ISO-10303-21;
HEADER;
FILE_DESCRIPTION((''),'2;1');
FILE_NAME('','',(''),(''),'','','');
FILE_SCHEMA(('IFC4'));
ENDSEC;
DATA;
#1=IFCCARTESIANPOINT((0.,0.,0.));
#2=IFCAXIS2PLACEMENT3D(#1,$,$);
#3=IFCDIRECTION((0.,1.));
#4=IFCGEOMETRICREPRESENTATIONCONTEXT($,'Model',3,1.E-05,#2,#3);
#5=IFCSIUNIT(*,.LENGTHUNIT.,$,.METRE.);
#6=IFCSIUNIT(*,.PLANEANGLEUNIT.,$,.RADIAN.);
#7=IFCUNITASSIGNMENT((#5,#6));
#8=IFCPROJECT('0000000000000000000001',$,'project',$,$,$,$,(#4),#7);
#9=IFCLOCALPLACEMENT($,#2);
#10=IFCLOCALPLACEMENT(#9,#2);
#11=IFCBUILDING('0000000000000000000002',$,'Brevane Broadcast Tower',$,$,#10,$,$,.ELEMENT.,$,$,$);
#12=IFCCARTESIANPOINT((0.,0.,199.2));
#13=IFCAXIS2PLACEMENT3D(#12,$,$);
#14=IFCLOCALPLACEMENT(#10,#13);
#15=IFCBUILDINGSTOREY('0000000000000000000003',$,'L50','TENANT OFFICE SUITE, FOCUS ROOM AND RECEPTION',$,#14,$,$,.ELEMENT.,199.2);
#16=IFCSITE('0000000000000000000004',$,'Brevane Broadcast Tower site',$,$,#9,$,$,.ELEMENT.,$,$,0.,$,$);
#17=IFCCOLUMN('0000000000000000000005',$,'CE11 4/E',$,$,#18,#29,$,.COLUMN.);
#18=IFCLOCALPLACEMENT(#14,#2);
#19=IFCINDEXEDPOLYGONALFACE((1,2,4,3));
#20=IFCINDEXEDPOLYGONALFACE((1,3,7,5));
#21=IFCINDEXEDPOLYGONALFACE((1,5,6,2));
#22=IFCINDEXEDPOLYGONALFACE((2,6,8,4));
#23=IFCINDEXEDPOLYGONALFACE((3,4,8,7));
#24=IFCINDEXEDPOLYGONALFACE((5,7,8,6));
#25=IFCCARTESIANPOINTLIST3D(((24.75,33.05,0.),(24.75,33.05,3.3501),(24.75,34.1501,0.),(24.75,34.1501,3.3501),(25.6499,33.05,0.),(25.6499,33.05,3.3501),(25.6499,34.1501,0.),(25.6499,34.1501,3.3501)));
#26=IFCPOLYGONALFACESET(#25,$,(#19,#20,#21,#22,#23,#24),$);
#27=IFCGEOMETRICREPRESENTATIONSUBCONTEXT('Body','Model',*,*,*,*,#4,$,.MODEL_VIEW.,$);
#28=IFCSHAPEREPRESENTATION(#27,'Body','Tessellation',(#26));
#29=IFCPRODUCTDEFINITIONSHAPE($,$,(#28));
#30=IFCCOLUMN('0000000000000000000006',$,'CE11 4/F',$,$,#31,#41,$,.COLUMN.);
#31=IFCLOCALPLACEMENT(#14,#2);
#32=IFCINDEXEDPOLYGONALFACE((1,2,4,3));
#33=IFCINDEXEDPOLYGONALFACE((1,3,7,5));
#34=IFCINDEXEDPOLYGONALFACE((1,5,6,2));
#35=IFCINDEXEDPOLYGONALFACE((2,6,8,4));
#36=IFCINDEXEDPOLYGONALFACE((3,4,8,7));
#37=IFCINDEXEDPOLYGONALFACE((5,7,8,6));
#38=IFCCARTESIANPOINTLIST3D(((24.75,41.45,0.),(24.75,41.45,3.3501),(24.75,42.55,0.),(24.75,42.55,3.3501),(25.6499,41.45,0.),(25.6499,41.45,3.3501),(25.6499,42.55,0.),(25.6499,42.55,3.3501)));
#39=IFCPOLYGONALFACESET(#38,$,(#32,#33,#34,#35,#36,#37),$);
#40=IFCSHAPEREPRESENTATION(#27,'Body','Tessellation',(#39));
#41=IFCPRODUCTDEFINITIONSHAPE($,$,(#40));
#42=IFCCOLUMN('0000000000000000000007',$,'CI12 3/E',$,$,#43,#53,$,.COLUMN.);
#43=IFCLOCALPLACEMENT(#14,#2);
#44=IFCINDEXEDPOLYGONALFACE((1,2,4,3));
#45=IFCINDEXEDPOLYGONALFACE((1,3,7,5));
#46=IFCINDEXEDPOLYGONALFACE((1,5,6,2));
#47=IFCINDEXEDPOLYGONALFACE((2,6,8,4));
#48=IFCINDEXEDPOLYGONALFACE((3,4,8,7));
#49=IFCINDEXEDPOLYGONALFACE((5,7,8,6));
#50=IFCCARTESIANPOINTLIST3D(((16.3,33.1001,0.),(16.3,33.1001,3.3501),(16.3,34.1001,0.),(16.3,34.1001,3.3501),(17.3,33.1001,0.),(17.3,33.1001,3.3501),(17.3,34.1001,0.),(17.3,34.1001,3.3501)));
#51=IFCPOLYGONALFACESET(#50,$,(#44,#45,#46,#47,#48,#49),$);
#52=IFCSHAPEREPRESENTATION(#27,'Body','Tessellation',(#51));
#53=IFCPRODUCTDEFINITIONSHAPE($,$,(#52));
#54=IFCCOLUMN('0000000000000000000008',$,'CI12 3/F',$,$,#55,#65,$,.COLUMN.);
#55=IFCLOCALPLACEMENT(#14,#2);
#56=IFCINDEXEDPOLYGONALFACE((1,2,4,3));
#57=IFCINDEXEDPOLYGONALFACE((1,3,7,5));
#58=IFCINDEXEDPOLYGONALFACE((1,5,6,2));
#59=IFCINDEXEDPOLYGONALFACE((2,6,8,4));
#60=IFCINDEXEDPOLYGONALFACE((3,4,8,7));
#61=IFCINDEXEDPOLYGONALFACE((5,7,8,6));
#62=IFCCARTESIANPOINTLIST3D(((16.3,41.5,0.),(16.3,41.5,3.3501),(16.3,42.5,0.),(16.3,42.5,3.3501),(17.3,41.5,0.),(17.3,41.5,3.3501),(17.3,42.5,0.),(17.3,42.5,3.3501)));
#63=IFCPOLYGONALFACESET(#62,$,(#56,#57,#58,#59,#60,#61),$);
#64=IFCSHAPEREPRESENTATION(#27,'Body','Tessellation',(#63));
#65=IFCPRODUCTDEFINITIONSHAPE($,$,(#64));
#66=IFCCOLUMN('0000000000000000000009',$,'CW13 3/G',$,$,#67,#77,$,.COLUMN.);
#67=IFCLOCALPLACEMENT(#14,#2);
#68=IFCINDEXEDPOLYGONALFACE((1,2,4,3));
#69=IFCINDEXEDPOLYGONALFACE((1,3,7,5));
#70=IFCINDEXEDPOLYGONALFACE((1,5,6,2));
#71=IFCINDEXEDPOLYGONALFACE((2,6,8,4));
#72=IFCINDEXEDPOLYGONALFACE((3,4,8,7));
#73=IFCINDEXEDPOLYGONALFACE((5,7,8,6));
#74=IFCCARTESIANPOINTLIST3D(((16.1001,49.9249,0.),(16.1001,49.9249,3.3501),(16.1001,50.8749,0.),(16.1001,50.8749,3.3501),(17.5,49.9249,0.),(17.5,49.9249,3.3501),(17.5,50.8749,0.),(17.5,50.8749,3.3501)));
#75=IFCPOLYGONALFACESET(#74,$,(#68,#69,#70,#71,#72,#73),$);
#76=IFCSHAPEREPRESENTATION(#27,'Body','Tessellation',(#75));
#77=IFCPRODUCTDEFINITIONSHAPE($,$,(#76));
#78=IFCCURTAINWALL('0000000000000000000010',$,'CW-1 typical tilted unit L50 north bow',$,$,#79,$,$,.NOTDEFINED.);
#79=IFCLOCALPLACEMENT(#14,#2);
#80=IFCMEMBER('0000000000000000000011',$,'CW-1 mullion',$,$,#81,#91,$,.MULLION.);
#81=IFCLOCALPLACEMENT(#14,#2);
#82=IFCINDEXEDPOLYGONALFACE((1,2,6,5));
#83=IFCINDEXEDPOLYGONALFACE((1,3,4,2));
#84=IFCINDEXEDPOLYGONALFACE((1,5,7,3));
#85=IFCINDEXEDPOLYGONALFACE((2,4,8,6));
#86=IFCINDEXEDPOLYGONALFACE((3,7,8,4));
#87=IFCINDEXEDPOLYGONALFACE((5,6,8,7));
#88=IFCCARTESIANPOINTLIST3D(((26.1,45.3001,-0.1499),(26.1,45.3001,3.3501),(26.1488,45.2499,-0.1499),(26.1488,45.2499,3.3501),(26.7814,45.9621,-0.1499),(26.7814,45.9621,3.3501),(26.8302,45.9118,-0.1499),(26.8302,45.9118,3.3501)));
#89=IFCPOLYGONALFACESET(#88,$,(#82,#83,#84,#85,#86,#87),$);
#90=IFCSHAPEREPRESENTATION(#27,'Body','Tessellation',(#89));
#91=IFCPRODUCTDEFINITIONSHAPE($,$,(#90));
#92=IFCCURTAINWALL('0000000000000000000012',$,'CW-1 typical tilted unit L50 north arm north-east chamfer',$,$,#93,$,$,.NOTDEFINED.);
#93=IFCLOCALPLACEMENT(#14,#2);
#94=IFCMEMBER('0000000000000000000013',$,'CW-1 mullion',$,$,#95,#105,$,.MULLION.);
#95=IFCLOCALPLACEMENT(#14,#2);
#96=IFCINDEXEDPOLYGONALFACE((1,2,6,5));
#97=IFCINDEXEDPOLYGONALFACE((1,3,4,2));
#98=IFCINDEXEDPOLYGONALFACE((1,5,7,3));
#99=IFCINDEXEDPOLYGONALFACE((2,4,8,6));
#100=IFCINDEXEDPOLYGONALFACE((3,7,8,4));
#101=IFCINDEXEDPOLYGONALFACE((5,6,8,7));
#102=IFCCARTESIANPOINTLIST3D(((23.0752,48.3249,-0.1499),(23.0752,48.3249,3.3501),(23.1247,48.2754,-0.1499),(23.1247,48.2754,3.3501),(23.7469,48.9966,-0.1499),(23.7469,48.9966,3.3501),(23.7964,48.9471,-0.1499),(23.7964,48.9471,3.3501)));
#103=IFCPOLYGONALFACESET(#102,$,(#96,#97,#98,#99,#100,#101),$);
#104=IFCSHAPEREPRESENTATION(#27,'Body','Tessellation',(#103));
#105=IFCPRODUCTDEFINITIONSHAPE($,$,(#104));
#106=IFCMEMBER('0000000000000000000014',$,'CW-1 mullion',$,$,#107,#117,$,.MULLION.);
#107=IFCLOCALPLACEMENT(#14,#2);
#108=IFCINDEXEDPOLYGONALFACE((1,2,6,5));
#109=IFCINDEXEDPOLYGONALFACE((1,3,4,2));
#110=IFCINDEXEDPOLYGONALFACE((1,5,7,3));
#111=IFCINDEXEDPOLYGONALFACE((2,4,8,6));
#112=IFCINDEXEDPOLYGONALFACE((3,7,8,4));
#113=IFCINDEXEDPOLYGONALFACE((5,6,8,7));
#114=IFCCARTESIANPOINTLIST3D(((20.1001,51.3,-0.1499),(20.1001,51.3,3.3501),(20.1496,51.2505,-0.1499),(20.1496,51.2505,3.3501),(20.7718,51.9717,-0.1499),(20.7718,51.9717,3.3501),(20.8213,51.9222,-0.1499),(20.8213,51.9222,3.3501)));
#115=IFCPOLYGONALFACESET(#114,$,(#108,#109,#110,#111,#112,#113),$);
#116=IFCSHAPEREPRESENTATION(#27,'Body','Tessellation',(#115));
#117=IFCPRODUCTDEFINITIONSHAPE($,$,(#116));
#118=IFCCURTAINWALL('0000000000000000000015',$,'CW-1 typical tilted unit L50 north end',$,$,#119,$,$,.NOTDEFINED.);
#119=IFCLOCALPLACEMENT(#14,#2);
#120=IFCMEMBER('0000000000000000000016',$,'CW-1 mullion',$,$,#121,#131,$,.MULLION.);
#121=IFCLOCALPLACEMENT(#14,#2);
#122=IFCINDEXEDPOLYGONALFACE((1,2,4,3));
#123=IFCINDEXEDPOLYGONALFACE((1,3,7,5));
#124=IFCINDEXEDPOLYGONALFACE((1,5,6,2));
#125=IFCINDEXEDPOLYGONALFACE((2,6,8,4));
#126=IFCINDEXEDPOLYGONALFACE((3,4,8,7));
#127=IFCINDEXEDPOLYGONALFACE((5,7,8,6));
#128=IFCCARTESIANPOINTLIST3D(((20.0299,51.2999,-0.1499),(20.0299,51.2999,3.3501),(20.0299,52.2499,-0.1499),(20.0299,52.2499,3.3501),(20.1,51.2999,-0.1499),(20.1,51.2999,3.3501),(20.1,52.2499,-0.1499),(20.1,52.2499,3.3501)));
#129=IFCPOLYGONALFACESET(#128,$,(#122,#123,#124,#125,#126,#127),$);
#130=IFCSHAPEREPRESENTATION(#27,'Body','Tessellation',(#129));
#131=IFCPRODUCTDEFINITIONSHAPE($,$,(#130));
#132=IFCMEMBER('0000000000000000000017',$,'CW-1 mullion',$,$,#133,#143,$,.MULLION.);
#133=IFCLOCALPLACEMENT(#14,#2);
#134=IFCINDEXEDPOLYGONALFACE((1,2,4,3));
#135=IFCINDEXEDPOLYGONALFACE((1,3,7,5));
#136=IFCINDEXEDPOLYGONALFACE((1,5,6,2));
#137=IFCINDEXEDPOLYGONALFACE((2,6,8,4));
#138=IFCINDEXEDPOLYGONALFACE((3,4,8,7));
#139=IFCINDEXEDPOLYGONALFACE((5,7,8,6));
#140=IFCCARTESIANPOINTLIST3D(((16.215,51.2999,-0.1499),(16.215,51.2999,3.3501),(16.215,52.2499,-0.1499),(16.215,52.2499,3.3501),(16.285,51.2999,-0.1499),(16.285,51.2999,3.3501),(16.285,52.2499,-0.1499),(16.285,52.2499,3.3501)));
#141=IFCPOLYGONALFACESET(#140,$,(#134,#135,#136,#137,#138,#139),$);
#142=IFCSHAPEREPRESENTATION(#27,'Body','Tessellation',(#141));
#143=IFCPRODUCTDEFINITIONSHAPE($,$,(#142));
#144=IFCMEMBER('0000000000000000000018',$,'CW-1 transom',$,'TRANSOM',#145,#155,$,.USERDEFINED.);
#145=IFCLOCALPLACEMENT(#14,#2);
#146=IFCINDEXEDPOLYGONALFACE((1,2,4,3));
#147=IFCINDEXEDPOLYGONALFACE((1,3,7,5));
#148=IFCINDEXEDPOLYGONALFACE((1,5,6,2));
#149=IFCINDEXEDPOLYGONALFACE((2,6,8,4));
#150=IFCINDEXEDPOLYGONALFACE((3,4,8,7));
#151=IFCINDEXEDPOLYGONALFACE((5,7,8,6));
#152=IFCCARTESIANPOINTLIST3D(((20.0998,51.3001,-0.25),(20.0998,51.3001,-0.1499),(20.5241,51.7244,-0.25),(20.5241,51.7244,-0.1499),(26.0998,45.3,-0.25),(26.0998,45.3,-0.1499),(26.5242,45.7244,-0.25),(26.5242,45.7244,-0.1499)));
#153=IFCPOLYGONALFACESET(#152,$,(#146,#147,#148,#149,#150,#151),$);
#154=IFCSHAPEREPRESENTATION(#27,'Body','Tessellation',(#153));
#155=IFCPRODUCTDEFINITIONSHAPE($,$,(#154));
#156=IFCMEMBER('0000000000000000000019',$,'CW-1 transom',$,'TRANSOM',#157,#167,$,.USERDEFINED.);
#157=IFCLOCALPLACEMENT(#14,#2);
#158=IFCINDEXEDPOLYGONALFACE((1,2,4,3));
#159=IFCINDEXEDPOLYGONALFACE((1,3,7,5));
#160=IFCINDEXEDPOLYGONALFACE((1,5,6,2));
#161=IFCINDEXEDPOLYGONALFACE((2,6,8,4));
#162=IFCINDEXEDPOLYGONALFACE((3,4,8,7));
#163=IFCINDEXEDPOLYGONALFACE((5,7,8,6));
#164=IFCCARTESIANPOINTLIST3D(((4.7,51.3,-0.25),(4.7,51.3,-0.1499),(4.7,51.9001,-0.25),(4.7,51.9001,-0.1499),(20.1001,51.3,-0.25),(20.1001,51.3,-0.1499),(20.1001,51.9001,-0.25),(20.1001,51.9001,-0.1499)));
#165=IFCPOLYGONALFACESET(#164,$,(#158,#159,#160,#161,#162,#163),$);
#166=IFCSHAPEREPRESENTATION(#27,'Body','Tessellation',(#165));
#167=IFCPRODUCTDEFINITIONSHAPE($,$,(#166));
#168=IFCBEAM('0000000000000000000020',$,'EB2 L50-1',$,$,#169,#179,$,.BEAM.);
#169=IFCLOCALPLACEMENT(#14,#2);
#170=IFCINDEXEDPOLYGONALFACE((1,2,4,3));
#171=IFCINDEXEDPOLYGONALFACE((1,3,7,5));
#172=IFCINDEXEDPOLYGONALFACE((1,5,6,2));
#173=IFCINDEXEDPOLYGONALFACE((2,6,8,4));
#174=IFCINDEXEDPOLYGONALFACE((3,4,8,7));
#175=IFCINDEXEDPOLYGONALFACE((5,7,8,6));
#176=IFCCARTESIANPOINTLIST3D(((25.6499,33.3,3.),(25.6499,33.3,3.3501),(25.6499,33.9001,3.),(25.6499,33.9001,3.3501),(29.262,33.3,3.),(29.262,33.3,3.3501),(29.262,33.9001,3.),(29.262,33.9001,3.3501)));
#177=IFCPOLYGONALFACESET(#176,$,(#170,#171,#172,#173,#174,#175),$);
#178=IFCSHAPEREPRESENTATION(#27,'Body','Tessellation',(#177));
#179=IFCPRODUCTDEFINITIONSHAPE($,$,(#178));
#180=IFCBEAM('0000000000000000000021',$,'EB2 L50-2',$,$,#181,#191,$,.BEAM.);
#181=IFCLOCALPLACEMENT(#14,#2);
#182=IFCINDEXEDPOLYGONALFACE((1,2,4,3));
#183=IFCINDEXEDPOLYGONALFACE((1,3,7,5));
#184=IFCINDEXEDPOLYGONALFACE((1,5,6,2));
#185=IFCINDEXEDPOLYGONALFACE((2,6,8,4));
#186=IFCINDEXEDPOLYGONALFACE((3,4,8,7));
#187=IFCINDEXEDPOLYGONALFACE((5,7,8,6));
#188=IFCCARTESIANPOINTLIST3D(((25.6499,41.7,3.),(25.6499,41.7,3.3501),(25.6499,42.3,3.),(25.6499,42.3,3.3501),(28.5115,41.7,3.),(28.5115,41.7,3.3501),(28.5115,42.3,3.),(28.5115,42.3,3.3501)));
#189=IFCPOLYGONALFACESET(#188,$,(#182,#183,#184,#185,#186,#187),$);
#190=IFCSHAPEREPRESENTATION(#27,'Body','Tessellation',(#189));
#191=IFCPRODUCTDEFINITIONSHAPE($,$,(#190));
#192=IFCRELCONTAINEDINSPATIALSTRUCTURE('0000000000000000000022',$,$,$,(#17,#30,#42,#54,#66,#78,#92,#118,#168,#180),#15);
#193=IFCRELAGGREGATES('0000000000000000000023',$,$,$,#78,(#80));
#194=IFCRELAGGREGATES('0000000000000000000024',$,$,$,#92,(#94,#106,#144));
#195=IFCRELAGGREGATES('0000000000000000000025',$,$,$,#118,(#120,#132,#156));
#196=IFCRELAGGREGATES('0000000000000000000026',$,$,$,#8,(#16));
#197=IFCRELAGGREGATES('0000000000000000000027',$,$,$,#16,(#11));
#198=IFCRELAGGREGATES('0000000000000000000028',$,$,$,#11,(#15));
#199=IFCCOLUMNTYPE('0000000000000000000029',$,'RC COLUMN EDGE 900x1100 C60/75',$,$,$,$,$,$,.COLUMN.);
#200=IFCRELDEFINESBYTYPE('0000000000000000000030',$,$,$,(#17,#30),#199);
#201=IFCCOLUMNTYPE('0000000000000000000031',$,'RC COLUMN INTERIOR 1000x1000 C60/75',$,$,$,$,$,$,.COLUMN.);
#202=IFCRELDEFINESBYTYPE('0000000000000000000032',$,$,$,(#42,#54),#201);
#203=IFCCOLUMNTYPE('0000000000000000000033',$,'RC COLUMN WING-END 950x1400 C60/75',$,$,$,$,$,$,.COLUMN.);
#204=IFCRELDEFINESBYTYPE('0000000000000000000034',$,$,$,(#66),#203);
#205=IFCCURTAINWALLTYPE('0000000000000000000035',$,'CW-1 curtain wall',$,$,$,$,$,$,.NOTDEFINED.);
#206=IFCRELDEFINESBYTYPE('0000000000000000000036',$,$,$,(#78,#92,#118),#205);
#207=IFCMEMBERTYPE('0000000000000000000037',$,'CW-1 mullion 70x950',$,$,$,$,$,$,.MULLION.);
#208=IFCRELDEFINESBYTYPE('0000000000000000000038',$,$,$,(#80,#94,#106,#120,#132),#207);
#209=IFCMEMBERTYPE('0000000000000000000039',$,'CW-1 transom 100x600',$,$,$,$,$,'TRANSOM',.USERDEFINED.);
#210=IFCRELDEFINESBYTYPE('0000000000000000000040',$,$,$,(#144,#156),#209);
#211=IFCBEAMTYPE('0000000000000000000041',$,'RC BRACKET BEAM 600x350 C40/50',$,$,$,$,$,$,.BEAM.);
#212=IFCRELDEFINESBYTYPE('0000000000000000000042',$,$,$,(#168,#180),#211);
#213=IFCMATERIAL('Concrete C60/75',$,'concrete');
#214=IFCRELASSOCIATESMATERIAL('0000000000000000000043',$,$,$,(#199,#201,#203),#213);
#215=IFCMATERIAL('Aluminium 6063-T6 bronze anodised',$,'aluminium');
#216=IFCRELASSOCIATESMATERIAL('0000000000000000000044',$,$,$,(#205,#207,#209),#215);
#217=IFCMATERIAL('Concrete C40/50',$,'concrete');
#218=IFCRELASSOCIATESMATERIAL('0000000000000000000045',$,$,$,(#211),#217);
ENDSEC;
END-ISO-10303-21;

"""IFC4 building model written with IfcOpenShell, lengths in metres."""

from ifc_helpers import new_model, si_unit, direction, frame, origin, origin_2d, place, context, subcontext, project, spatial, rectangle, extrude, material, material_profile, profile_set, type_object, element, aggregate, save


model = new_model("IFC4")

# Units and contexts
model_context = context("Model", 3, precision=1e-05, world=origin(), true_north=direction((0.0, 1.0)))
body_context = subcontext(model_context, "Body", "Model", "MODEL_VIEW")
ifc_project = project(units=[si_unit("LENGTHUNIT", "METRE"), si_unit("PLANEANGLEUNIT", "RADIAN")], contexts=[model_context])

# Site, building, storey
site_placement = place(None, origin())
site = spatial("IfcSite", under=ifc_project, at=site_placement, Name="Brevane Broadcast Tower site", CompositionType="ELEMENT", RefElevation=0.0)
building_placement = place(site_placement, origin())
building = spatial("IfcBuilding", under=site, at=building_placement, Name="Brevane Broadcast Tower", CompositionType="ELEMENT")
storey_placement = place(building_placement, frame((0.0, 0.0, 199.2)))
storey = spatial("IfcBuildingStorey", under=building, at=storey_placement, Name="L50", Description="TENANT OFFICE SUITE, FOCUS ROOM AND RECEPTION", CompositionType="ELEMENT", Elevation=199.2)

# Columns
ifc_material_1 = material(Name="Concrete C60/75", Category="concrete")
ifc_material_profile_1 = material_profile(ifc_material_1, rectangle(XDim=0.8999, YDim=1.1001, at=origin_2d()), Name="RC 900x1100")
ifc_profile_set_1 = profile_set([ifc_material_profile_1], Name="Concrete C60/75")
column_type_1 = type_object("IfcColumnType", Name="RC COLUMN EDGE 900x1100 C60/75", PredefinedType="COLUMN", material=ifc_profile_set_1)
for number, where, z_axis, x_axis, name in (
    (1, (25.2, 33.6001, 0.0), (0.0, 0.0, 1.0), (1.0, 0.0, 0.0), "CE11 4/E"),
    (2, (25.2, 42.0, 0.0), (0.0, 0.0, 1.0), (1.0, 0.0, 0.0), "CE11 4/F"),
):
    element("IfcColumn", number, at=place(storey_placement, frame(where, z_axis=z_axis, x_axis=x_axis)), inside=storey, type_object=column_type_1, Name=name, PredefinedType="COLUMN", context=body_context, shape_type="SweptSolid", body=[
        extrude(rectangle(XDim=0.8999, YDim=1.1001, at=origin_2d()), origin(), (0.0, 0.0, 1.0), 3.3501),
    ])
ifc_material_profile_2 = material_profile(ifc_material_1, rectangle(XDim=1.0, YDim=1.0, at=origin_2d()), Name="RC 1000x1000")
ifc_profile_set_2 = profile_set([ifc_material_profile_2], Name="Concrete C60/75")
column_type_2 = type_object("IfcColumnType", Name="RC COLUMN INTERIOR 1000x1000 C60/75", PredefinedType="COLUMN", material=ifc_profile_set_2)
for number, where, z_axis, x_axis, name in (
    (3, (16.8, 33.6001, 0.0), (0.0, 0.0, 1.0), (1.0, 0.0, 0.0), "CI12 3/E"),
    (4, (16.8, 42.0, 0.0), (0.0, 0.0, 1.0), (1.0, 0.0, 0.0), "CI12 3/F"),
):
    element("IfcColumn", number, at=place(storey_placement, frame(where, z_axis=z_axis, x_axis=x_axis)), inside=storey, type_object=column_type_2, Name=name, PredefinedType="COLUMN", context=body_context, shape_type="SweptSolid", body=[
        extrude(rectangle(XDim=1.0, YDim=1.0, at=origin_2d()), origin(), (0.0, 0.0, 1.0), 3.3501),
    ])
ifc_material_profile_3 = material_profile(ifc_material_1, rectangle(XDim=0.95, YDim=1.3999, at=origin_2d()), Name="RC 950x1400")
ifc_profile_set_3 = profile_set([ifc_material_profile_3], Name="Concrete C60/75")
column_type_3 = type_object("IfcColumnType", Name="RC COLUMN WING-END 950x1400 C60/75", PredefinedType="COLUMN", material=ifc_profile_set_3)
column_placement = place(storey_placement, frame((16.8, 50.3999, 0.0), z_axis=(0.0, 0.0, 1.0), x_axis=(0.0, 1.0, 0.0)))
element("IfcColumn", 5, at=column_placement, inside=storey, type_object=column_type_3, Name="CW13 3/G", PredefinedType="COLUMN", context=body_context, shape_type="SweptSolid", body=[
    extrude(rectangle(XDim=0.95, YDim=1.3999, at=origin_2d()), origin(), (0.0, 0.0, 1.0), 3.3501),
])

# Curtain wall, member
ifc_material_2 = material(Name="Aluminium 6063-T6 bronze anodised", Category="aluminium")
curtain_wall_type = type_object("IfcCurtainWallType", Name="CW-1 curtain wall", PredefinedType="NOTDEFINED", material=ifc_material_2)
curtain_wall_1_placement = place(storey_placement, origin())
curtain_wall_1 = element("IfcCurtainWall", 6, at=curtain_wall_1_placement, inside=storey, type_object=curtain_wall_type, Name="CW-1 typical tilted unit L50 north bow", PredefinedType="NOTDEFINED")
ifc_material_profile_4 = material_profile(ifc_material_2, rectangle(XDim=0.95, YDim=0.0701, at=origin_2d()), Name="RECT 70x950")
ifc_profile_set_4 = profile_set([ifc_material_profile_4], Name="Aluminium 6063-T6 bronze anodised")
member_type_1 = type_object("IfcMemberType", Name="CW-1 mullion 70x950", PredefinedType="MULLION", material=ifc_profile_set_4)
member_1_placement = place(storey_placement, frame((26.4651, 45.606, -0.1499), z_axis=(0.0, 0.0, 1.0), x_axis=(-0.717254, -0.696812, 0.0)))
member_1 = element("IfcMember", 7, at=member_1_placement, type_object=member_type_1, Name="CW-1 mullion", PredefinedType="MULLION", context=body_context, shape_type="SweptSolid", body=[
    extrude(rectangle(XDim=0.95, YDim=0.0701, at=origin_2d()), origin(), (0.0, 0.0, 1.0), 3.5),
])
aggregate(curtain_wall_1, [member_1])

# Curtain walls, members
curtain_wall_2_placement = place(storey_placement, origin())
curtain_wall_2 = element("IfcCurtainWall", 8, at=curtain_wall_2_placement, inside=storey, type_object=curtain_wall_type, Name="CW-1 typical tilted unit L50 north arm north-east chamfer", PredefinedType="NOTDEFINED")
member_2_placement = place(storey_placement, frame((23.4358, 48.636, -0.1499), z_axis=(0.0, 0.0, 1.0), x_axis=(-0.707107, -0.707107, 0.0)))
member_2 = element("IfcMember", 9, at=member_2_placement, type_object=member_type_1, Name="CW-1 mullion", PredefinedType="MULLION", context=body_context, shape_type="SweptSolid", body=[
    extrude(rectangle(XDim=0.95, YDim=0.0701, at=origin_2d()), origin(), (0.0, 0.0, 1.0), 3.5),
])
member_3_placement = place(storey_placement, frame((20.4607, 51.6111, -0.1499), z_axis=(0.0, 0.0, 1.0), x_axis=(-0.707107, -0.707107, 0.0)))
member_3 = element("IfcMember", 10, at=member_3_placement, type_object=member_type_1, Name="CW-1 mullion", PredefinedType="MULLION", context=body_context, shape_type="SweptSolid", body=[
    extrude(rectangle(XDim=0.95, YDim=0.0701, at=origin_2d()), origin(), (0.0, 0.0, 1.0), 3.5),
])
curtain_wall_3_placement = place(storey_placement, origin())
curtain_wall_3 = element("IfcCurtainWall", 11, at=curtain_wall_3_placement, inside=storey, type_object=curtain_wall_type, Name="CW-1 typical tilted unit L50 north end", PredefinedType="NOTDEFINED")
member_4_placement = place(storey_placement, frame((20.0649, 51.7749, -0.1499), z_axis=(0.0, 0.0, 1.0), x_axis=(0.0, -1.0, 0.0)))
member_4 = element("IfcMember", 12, at=member_4_placement, type_object=member_type_1, Name="CW-1 mullion", PredefinedType="MULLION", context=body_context, shape_type="SweptSolid", body=[
    extrude(rectangle(XDim=0.95, YDim=0.0701, at=origin_2d()), origin(), (0.0, 0.0, 1.0), 3.5),
])
member_5_placement = place(storey_placement, frame((16.25, 51.7749, -0.1499), z_axis=(0.0, 0.0, 1.0), x_axis=(0.0, -1.0, 0.0)))
member_5 = element("IfcMember", 13, at=member_5_placement, type_object=member_type_1, Name="CW-1 mullion", PredefinedType="MULLION", context=body_context, shape_type="SweptSolid", body=[
    extrude(rectangle(XDim=0.95, YDim=0.0701, at=origin_2d()), origin(), (0.0, 0.0, 1.0), 3.5),
])

# Members
ifc_material_profile_5 = material_profile(ifc_material_2, rectangle(XDim=0.6001, YDim=0.1001, at=origin_2d()), Name="RECT 100x600")
ifc_profile_set_5 = profile_set([ifc_material_profile_5], Name="Aluminium 6063-T6 bronze anodised")
member_type_2 = type_object("IfcMemberType", Name="CW-1 transom 100x600", ElementType="TRANSOM", PredefinedType="USERDEFINED", material=ifc_profile_set_5)
member_6_placement = place(storey_placement, frame((26.312, 45.5122, -0.2), z_axis=(-0.707107, 0.707107, 0.0), x_axis=(-0.707107, -0.707107, 0.0)))
member_6 = element("IfcMember", 14, at=member_6_placement, type_object=member_type_2, Name="CW-1 transom", ObjectType="TRANSOM", PredefinedType="USERDEFINED", context=body_context, shape_type="SweptSolid", body=[
    extrude(rectangle(XDim=0.6001, YDim=0.1001, at=origin_2d()), origin(), (0.0, 0.0, 1.0), 8.4854),
])
aggregate(curtain_wall_2, [member_2, member_3, member_6])
member_7_placement = place(storey_placement, frame((20.1001, 51.6001, -0.2), z_axis=(-1.0, 0.0, 0.0), x_axis=(0.0, -1.0, 0.0)))
member_7 = element("IfcMember", 15, at=member_7_placement, type_object=member_type_2, Name="CW-1 transom", ObjectType="TRANSOM", PredefinedType="USERDEFINED", context=body_context, shape_type="SweptSolid", body=[
    extrude(rectangle(XDim=0.6001, YDim=0.1001, at=origin_2d()), origin(), (0.0, 0.0, 1.0), 15.4001),
])
aggregate(curtain_wall_3, [member_4, member_5, member_7])

# Beams
ifc_material_3 = material(Name="Concrete C40/50", Category="concrete")
ifc_material_profile_6 = material_profile(ifc_material_3, rectangle(XDim=0.6001, YDim=0.3501, at=origin_2d()), Name="RC 600x350")
ifc_profile_set_6 = profile_set([ifc_material_profile_6], Name="Concrete C40/50")
beam_type_1 = type_object("IfcBeamType", Name="RC BRACKET BEAM 600x350 C40/50", PredefinedType="BEAM", material=ifc_profile_set_6)
beam_1_placement = place(storey_placement, frame((25.6499, 33.6001, 3.175), z_axis=(1.0, 0.0, 0.0), x_axis=(0.0, 1.0, 0.0)))
element("IfcBeam", 16, at=beam_1_placement, inside=storey, type_object=beam_type_1, Name="EB2 L50-1", PredefinedType="BEAM", context=body_context, shape_type="SweptSolid", body=[
    extrude(rectangle(XDim=0.6001, YDim=0.3501, at=origin_2d()), origin(), (0.0, 0.0, 1.0), 3.6121),
])
beam_2_placement = place(storey_placement, frame((25.6499, 42.0, 3.175), z_axis=(1.0, 0.0, 0.0), x_axis=(0.0, 1.0, 0.0)))
element("IfcBeam", 17, at=beam_2_placement, inside=storey, type_object=beam_type_1, Name="EB2 L50-2", PredefinedType="BEAM", context=body_context, shape_type="SweptSolid", body=[
    extrude(rectangle(XDim=0.6001, YDim=0.3501, at=origin_2d()), origin(), (0.0, 0.0, 1.0), 2.8616),
])

save(model, "model.ifc")
